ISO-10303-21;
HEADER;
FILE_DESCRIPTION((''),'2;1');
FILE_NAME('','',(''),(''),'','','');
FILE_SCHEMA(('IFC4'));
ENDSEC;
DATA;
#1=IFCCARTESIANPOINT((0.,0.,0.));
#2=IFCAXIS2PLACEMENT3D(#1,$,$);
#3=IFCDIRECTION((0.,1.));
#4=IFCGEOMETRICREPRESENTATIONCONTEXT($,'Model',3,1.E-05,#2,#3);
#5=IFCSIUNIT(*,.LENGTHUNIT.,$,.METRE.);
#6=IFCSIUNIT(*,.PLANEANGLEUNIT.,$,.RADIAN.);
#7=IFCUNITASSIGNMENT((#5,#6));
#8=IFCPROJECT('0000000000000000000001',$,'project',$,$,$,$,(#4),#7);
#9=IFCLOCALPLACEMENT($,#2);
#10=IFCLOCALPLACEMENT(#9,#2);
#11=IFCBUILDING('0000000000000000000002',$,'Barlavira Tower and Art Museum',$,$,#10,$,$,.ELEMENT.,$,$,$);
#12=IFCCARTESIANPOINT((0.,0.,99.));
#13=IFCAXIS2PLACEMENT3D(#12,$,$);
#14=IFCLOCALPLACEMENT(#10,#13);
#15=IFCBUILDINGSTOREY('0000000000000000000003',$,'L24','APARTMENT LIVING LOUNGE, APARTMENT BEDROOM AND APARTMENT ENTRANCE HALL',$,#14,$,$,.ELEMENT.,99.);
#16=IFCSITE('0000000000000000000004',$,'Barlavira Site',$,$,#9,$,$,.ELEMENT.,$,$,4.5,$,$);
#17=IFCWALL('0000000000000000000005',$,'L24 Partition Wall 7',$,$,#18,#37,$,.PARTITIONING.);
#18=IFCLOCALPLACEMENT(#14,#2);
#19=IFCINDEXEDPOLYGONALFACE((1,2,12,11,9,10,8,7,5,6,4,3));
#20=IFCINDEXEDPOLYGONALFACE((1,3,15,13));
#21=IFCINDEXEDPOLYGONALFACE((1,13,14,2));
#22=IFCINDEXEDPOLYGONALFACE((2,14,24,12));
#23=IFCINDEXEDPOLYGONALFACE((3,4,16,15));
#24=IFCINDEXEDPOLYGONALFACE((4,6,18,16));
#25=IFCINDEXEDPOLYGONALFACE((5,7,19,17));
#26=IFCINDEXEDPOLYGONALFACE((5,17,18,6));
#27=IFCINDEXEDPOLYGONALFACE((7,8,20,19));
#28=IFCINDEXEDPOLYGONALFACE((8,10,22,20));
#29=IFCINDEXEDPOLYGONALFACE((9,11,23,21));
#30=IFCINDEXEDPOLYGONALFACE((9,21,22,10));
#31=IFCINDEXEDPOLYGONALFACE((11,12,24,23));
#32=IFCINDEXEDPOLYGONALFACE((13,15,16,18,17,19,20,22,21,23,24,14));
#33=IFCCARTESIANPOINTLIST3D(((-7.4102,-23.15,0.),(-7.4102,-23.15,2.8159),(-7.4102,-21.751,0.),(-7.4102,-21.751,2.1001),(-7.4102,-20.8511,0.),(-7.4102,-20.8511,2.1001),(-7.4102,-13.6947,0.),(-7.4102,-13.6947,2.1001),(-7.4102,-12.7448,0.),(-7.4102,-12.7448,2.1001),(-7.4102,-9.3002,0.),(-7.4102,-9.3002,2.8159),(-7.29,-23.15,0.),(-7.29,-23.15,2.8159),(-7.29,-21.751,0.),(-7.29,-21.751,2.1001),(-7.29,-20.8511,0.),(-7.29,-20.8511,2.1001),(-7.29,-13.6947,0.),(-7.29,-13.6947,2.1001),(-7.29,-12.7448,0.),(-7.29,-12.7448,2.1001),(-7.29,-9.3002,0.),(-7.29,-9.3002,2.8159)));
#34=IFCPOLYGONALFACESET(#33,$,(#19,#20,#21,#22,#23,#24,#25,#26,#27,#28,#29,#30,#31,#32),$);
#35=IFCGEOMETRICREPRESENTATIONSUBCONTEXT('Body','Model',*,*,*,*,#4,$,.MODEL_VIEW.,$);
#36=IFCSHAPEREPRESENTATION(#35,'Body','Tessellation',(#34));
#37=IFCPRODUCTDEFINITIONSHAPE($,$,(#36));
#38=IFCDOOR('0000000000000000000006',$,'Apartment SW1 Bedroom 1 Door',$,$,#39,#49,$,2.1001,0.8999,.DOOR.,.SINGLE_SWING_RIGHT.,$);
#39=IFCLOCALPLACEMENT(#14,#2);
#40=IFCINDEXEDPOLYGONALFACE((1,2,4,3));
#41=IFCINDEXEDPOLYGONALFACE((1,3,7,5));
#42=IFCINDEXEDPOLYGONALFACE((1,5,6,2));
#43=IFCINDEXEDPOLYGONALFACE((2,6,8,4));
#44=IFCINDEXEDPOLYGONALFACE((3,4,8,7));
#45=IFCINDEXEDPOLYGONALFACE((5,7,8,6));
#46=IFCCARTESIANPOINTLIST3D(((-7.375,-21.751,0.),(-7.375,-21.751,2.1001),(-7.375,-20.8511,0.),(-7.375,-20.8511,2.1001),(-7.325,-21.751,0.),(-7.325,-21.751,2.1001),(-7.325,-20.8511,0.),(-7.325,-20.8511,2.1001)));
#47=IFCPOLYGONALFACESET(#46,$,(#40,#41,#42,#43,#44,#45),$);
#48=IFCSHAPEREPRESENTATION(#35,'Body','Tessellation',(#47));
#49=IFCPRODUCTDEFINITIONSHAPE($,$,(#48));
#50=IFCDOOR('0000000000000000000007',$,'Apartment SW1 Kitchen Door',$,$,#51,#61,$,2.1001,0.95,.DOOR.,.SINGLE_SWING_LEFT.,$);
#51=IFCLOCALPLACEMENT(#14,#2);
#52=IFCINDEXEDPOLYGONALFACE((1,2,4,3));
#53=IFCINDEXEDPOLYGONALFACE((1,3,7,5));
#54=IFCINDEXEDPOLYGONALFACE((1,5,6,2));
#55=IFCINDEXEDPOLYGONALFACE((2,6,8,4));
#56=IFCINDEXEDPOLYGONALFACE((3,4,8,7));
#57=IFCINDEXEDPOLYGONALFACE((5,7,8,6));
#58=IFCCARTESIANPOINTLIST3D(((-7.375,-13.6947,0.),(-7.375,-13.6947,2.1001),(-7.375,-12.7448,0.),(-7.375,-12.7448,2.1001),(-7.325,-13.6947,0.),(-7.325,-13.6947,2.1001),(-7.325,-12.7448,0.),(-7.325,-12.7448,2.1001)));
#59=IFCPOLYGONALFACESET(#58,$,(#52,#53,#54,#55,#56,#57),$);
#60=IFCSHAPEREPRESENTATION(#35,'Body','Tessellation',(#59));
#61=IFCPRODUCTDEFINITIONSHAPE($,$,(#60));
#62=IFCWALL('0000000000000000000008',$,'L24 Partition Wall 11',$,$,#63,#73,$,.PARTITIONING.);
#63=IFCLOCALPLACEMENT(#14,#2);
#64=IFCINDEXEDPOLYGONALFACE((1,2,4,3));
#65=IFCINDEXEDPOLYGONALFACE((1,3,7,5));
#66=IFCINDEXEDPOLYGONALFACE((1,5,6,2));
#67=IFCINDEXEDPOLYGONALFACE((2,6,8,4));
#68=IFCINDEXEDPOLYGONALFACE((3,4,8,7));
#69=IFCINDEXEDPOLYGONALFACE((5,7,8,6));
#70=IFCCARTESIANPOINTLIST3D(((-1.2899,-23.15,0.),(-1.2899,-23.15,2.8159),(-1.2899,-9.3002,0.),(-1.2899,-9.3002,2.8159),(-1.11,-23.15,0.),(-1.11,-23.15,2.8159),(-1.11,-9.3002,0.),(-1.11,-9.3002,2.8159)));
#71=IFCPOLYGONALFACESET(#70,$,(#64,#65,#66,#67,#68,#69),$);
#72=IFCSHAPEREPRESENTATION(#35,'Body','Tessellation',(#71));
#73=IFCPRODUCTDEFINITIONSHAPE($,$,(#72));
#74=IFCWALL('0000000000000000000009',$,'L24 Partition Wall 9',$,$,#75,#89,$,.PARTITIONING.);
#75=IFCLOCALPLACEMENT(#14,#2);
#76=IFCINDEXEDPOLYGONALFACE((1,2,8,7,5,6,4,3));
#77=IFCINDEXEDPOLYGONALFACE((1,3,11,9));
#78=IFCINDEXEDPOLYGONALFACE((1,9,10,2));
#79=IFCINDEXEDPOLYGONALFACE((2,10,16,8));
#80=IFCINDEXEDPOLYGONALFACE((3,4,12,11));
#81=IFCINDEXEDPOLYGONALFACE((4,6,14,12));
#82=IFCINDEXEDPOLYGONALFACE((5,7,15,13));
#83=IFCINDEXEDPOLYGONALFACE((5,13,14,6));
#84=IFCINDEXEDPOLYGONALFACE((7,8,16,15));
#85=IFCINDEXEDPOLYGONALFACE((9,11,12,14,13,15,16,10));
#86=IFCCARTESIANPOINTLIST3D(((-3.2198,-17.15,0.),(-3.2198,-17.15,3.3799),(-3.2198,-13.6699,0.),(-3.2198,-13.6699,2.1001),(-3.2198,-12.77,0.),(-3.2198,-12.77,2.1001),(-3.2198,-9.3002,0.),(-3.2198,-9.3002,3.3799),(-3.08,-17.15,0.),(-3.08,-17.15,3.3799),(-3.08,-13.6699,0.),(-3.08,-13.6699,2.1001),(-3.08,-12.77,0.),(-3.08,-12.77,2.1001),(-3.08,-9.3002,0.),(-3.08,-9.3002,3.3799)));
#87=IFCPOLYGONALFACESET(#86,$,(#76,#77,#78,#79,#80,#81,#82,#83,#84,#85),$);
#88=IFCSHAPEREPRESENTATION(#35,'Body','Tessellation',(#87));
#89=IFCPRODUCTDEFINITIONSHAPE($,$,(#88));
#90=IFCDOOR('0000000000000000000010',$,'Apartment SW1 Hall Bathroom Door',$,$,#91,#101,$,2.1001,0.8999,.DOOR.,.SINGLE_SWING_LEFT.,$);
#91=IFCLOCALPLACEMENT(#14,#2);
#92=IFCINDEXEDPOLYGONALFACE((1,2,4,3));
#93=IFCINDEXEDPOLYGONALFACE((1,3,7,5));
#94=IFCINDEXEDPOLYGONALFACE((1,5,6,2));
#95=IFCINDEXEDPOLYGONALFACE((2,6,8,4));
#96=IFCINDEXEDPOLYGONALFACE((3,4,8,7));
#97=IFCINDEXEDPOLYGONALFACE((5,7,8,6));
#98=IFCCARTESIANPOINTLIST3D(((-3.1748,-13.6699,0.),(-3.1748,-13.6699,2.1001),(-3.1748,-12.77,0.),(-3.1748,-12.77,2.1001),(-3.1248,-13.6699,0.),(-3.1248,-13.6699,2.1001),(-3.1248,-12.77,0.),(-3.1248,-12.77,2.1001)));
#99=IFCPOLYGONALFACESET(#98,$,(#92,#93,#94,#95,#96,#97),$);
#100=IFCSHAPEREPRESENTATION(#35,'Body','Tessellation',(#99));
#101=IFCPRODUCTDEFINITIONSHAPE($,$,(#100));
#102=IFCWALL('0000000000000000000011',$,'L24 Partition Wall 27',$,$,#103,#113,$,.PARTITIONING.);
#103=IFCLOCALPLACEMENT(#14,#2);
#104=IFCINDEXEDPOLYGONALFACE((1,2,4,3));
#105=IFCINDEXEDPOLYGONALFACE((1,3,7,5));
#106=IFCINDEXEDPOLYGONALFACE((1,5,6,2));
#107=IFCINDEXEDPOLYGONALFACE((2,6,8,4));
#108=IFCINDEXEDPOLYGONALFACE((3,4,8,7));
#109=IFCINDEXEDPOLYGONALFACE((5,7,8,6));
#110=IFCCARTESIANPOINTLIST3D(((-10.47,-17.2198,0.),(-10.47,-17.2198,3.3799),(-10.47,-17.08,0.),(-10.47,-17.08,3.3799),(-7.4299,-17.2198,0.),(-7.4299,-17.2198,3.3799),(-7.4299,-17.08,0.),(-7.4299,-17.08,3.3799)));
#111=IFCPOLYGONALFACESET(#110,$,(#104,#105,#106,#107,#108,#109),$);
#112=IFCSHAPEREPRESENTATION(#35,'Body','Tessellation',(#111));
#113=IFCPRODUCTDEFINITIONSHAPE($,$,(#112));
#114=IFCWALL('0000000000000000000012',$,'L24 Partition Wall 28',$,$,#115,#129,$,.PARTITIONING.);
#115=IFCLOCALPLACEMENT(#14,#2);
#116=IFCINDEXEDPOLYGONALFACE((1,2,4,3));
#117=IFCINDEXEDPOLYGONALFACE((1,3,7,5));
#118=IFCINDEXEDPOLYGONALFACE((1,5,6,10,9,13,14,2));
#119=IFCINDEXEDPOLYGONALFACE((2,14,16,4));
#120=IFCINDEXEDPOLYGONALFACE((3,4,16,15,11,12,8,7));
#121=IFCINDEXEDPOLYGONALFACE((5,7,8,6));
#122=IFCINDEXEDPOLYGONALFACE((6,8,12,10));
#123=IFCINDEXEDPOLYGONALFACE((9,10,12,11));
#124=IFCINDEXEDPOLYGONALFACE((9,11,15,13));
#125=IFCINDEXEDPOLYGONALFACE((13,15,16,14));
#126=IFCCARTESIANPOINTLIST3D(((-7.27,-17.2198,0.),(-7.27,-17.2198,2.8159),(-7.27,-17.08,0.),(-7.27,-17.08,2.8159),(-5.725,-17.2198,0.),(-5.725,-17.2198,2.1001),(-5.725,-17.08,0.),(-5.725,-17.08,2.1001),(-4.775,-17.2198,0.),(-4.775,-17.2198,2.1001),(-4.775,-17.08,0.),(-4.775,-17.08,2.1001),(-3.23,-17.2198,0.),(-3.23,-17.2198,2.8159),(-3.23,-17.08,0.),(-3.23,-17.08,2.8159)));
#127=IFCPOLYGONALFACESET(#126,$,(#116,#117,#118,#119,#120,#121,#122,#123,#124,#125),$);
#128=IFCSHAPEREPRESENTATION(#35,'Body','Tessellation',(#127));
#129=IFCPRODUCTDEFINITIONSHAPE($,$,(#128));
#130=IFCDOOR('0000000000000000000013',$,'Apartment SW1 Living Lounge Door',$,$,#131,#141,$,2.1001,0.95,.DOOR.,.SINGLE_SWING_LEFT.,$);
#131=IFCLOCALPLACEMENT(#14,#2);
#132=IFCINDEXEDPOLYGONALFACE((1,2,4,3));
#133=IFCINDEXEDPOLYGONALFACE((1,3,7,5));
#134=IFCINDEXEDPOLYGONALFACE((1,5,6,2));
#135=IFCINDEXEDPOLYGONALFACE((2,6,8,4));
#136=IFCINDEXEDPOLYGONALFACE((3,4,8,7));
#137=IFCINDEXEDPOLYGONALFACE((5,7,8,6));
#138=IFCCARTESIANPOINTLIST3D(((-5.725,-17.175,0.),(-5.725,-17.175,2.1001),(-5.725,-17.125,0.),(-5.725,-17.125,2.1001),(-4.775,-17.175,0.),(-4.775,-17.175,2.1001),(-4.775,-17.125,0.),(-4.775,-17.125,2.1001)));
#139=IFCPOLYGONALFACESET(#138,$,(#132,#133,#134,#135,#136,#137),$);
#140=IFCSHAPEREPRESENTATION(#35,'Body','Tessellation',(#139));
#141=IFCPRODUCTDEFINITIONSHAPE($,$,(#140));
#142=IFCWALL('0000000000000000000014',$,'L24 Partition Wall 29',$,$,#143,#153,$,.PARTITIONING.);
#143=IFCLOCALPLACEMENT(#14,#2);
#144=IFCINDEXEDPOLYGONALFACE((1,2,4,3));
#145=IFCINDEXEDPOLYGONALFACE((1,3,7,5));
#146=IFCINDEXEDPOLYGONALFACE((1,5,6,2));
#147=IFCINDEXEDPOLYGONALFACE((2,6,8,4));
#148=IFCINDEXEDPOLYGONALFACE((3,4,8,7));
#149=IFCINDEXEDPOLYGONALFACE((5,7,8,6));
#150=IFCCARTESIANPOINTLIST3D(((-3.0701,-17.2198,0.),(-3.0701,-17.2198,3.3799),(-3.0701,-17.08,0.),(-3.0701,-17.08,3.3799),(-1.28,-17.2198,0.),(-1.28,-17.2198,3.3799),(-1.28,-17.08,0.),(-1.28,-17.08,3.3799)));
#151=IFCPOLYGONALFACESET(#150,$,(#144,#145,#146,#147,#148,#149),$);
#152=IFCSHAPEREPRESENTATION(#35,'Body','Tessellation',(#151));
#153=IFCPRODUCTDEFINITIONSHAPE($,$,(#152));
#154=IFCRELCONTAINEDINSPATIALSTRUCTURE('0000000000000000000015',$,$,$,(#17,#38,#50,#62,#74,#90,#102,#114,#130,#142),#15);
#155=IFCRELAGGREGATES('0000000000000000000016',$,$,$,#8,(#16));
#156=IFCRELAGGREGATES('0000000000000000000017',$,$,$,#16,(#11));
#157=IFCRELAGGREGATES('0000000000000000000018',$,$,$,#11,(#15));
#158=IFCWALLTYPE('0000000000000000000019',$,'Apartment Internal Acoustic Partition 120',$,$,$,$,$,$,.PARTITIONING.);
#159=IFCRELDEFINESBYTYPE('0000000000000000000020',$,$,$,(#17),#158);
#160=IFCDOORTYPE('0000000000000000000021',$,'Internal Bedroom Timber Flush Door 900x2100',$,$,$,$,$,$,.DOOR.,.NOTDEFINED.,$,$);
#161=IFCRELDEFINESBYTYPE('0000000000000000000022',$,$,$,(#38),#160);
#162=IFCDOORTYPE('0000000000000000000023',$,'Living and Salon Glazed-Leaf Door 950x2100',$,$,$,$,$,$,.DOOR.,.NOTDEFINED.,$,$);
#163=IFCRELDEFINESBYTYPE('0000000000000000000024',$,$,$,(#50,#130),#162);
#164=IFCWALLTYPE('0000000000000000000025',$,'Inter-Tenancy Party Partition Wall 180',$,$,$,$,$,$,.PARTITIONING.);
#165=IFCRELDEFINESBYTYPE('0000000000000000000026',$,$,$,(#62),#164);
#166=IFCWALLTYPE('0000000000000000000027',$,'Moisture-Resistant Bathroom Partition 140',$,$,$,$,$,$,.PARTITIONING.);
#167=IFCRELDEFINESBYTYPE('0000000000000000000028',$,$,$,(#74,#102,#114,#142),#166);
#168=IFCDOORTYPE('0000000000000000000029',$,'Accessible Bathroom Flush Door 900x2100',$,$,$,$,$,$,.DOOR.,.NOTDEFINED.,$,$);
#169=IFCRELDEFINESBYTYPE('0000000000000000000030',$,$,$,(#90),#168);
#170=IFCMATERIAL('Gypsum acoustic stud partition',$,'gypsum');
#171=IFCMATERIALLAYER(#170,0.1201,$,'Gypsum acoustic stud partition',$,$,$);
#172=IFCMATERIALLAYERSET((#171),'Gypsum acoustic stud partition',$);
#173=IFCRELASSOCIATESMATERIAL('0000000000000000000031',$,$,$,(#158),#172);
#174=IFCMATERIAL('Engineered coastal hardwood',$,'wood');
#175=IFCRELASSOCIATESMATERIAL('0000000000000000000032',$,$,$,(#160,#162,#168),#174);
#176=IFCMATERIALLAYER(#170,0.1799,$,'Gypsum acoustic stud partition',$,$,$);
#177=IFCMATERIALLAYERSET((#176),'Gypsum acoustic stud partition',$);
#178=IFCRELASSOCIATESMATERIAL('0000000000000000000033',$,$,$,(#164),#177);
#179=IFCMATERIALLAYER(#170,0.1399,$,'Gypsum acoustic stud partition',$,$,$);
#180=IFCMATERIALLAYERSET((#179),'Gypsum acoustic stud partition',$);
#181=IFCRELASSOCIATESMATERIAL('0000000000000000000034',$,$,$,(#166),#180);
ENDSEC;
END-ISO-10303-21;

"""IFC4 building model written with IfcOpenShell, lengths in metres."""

from ifc_helpers import new_model, si_unit, direction, frame, frame_2d, origin, place, context, subcontext, project, spatial, rectangle, extrude, material, layer, layer_set, type_object, element, fill, save


model = new_model("IFC4")

# Units and contexts
model_context = context("Model", 3, precision=1e-05, world=origin(), true_north=direction((0.0, 1.0)))
body_context = subcontext(model_context, "Body", "Model", "MODEL_VIEW")
ifc_project = project(units=[si_unit("LENGTHUNIT", "METRE"), si_unit("PLANEANGLEUNIT", "RADIAN")], contexts=[model_context])

# Site, building, storey
site_placement = place(None, origin())
site = spatial("IfcSite", under=ifc_project, at=site_placement, Name="Barlavira Site", CompositionType="ELEMENT", RefElevation=4.5)
building_placement = place(site_placement, origin())
building = spatial("IfcBuilding", under=site, at=building_placement, Name="Barlavira Tower and Art Museum", CompositionType="ELEMENT")
storey_placement = place(building_placement, frame((0.0, 0.0, 99.0)))
storey = spatial("IfcBuildingStorey", under=building, at=storey_placement, Name="L24", Description="APARTMENT LIVING LOUNGE, APARTMENT BEDROOM AND APARTMENT ENTRANCE HALL", CompositionType="ELEMENT", Elevation=99.0)

# Wall, openings, doors
ifc_material_1 = material(Name="Gypsum acoustic stud partition", Category="gypsum")
ifc_layer_1 = layer(ifc_material_1, 0.1201, Name="Gypsum acoustic stud partition")
ifc_layer_set_1 = layer_set([ifc_layer_1], Name="Gypsum acoustic stud partition")
wall_type_1 = type_object("IfcWallType", Name="Apartment Internal Acoustic Partition 120", PredefinedType="PARTITIONING", material=ifc_layer_set_1)
ifc_material_2 = material(Name="Engineered coastal hardwood", Category="wood")
door_type_1 = type_object("IfcDoorType", Name="Internal Bedroom Timber Flush Door 900x2100", OperationType="NOTDEFINED", PredefinedType="DOOR", material=ifc_material_2)
wall_1_placement = place(storey_placement, frame((-7.3501, -23.1499, 0.0), z_axis=(0.0, 0.0, 1.0), x_axis=(0.0, 1.0, 0.0)))
wall_1 = element("IfcWall", 1, at=wall_1_placement, inside=storey, type_object=wall_type_1, Name="L24 Partition Wall 7", PredefinedType="PARTITIONING", context=body_context, shape_type="SweptSolid", body=[
    extrude(rectangle(XDim=13.8499, YDim=0.1201, at=frame_2d((6.9248, 0.0))), origin(), (0.0, 0.0, 1.0), 2.8159),
])
opening_1_placement = place(wall_1_placement, frame((9.4551, 0.0, 0.0)))
opening_1 = element("IfcOpeningElement", 2, at=opening_1_placement, cuts=wall_1, PredefinedType="OPENING", context=body_context, shape_type="SweptSolid", body=[
    extrude(rectangle(XDim=0.95, YDim=2.1001, at=frame_2d((0.4751, 1.05))), frame((0.0, 0.0701, 0.0), z_axis=(0.0, -1.0, 0.0), x_axis=(1.0, 0.0, 0.0)), (0.0, 0.0, 1.0), 0.1401),
])
opening_2_placement = place(wall_1_placement, frame((1.3989, 0.0, 0.0)))
opening_2 = element("IfcOpeningElement", 3, at=opening_2_placement, cuts=wall_1, PredefinedType="OPENING", context=body_context, shape_type="SweptSolid", body=[
    extrude(rectangle(XDim=0.8999, YDim=2.1001, at=frame_2d((0.45, 1.05))), frame((0.0, 0.0701, 0.0), z_axis=(0.0, -1.0, 0.0), x_axis=(1.0, 0.0, 0.0)), (0.0, 0.0, 1.0), 0.1401),
])
door_1_placement = place(opening_2_placement, origin())
door_1 = element("IfcDoor", 4, at=door_1_placement, inside=storey, type_object=door_type_1, Name="Apartment SW1 Bedroom 1 Door", OperationType="SINGLE_SWING_RIGHT", OverallHeight=2.1001, OverallWidth=0.8999, PredefinedType="DOOR", context=body_context, shape_type="SweptSolid", body=[
    extrude(rectangle(XDim=0.8999, YDim=2.1001, at=frame_2d((0.45, 1.05))), frame((0.0, 0.0249, 0.0), z_axis=(0.0, -1.0, 0.0), x_axis=(1.0, 0.0, 0.0)), (0.0, 0.0, 1.0), 0.05),
])
fill(opening_2, door_1)
door_type_2 = type_object("IfcDoorType", Name="Living and Salon Glazed-Leaf Door 950x2100", OperationType="NOTDEFINED", PredefinedType="DOOR", material=ifc_material_2)
door_2_placement = place(opening_1_placement, origin())
door_2 = element("IfcDoor", 5, at=door_2_placement, inside=storey, type_object=door_type_2, Name="Apartment SW1 Kitchen Door", OperationType="SINGLE_SWING_LEFT", OverallHeight=2.1001, OverallWidth=0.95, PredefinedType="DOOR", context=body_context, shape_type="SweptSolid", body=[
    extrude(rectangle(XDim=0.95, YDim=2.1001, at=frame_2d((0.4751, 1.05))), frame((0.0, 0.0249, 0.0), z_axis=(0.0, -1.0, 0.0), x_axis=(1.0, 0.0, 0.0)), (0.0, 0.0, 1.0), 0.05),
])
fill(opening_1, door_2)

# Wall
ifc_layer_2 = layer(ifc_material_1, 0.1799, Name="Gypsum acoustic stud partition")
ifc_layer_set_2 = layer_set([ifc_layer_2], Name="Gypsum acoustic stud partition")
wall_type_2 = type_object("IfcWallType", Name="Inter-Tenancy Party Partition Wall 180", PredefinedType="PARTITIONING", material=ifc_layer_set_2)
wall_2_placement = place(storey_placement, frame((-1.2, -23.1499, 0.0), z_axis=(0.0, 0.0, 1.0), x_axis=(0.0, 1.0, 0.0)))
element("IfcWall", 6, at=wall_2_placement, inside=storey, type_object=wall_type_2, Name="L24 Partition Wall 11", PredefinedType="PARTITIONING", context=body_context, shape_type="SweptSolid", body=[
    extrude(rectangle(XDim=13.8499, YDim=0.1799, at=frame_2d((6.9248, 0.0))), origin(), (0.0, 0.0, 1.0), 2.8159),
])

# Wall, opening, door
ifc_layer_3 = layer(ifc_material_1, 0.1399, Name="Gypsum acoustic stud partition")
ifc_layer_set_3 = layer_set([ifc_layer_3], Name="Gypsum acoustic stud partition")
wall_type_3 = type_object("IfcWallType", Name="Moisture-Resistant Bathroom Partition 140", PredefinedType="PARTITIONING", material=ifc_layer_set_3)
wall_3_placement = place(storey_placement, frame((-3.1499, -17.1499, 0.0), z_axis=(0.0, 0.0, 1.0), x_axis=(0.0, 1.0, 0.0)))
wall_3 = element("IfcWall", 7, at=wall_3_placement, inside=storey, type_object=wall_type_3, Name="L24 Partition Wall 9", PredefinedType="PARTITIONING", context=body_context, shape_type="SweptSolid", body=[
    extrude(rectangle(XDim=7.8499, YDim=0.1399, at=frame_2d((3.9248, 0.0))), origin(), (0.0, 0.0, 1.0), 3.3799),
])
opening_3_placement = place(wall_3_placement, frame((3.48, 0.0, 0.0)))
opening_3 = element("IfcOpeningElement", 8, at=opening_3_placement, cuts=wall_3, PredefinedType="OPENING", context=body_context, shape_type="SweptSolid", body=[
    extrude(rectangle(XDim=0.8999, YDim=2.1001, at=frame_2d((0.45, 1.05))), frame((0.0, 0.0801, 0.0), z_axis=(0.0, -1.0, 0.0), x_axis=(1.0, 0.0, 0.0)), (0.0, 0.0, 1.0), 0.1599),
])
door_type_3 = type_object("IfcDoorType", Name="Accessible Bathroom Flush Door 900x2100", OperationType="NOTDEFINED", PredefinedType="DOOR", material=ifc_material_2)
door_3_placement = place(opening_3_placement, origin())
door_3 = element("IfcDoor", 9, at=door_3_placement, inside=storey, type_object=door_type_3, Name="Apartment SW1 Hall Bathroom Door", OperationType="SINGLE_SWING_LEFT", OverallHeight=2.1001, OverallWidth=0.8999, PredefinedType="DOOR", context=body_context, shape_type="SweptSolid", body=[
    extrude(rectangle(XDim=0.8999, YDim=2.1001, at=frame_2d((0.45, 1.05))), frame((0.0, 0.0249, 0.0), z_axis=(0.0, -1.0, 0.0), x_axis=(1.0, 0.0, 0.0)), (0.0, 0.0, 1.0), 0.05),
])
fill(opening_3, door_3)

# Wall
wall_4_placement = place(storey_placement, frame((-10.47, -17.1499, 0.0), z_axis=(0.0, 0.0, 1.0), x_axis=(1.0, 0.0, 0.0)))
element("IfcWall", 10, at=wall_4_placement, inside=storey, type_object=wall_type_3, Name="L24 Partition Wall 27", PredefinedType="PARTITIONING", context=body_context, shape_type="SweptSolid", body=[
    extrude(rectangle(XDim=3.04, YDim=0.1399, at=frame_2d((1.52, 0.0))), origin(), (0.0, 0.0, 1.0), 3.3799),
])

# Wall, opening, door
wall_5_placement = place(storey_placement, frame((-7.27, -17.1499, 0.0), z_axis=(0.0, 0.0, 1.0), x_axis=(1.0, 0.0, 0.0)))
wall_5 = element("IfcWall", 11, at=wall_5_placement, inside=storey, type_object=wall_type_3, Name="L24 Partition Wall 28", PredefinedType="PARTITIONING", context=body_context, shape_type="SweptSolid", body=[
    extrude(rectangle(XDim=4.04, YDim=0.1399, at=frame_2d((2.02, 0.0))), origin(), (0.0, 0.0, 1.0), 2.8159),
])
opening_4_placement = place(wall_5_placement, frame((1.5449, 0.0, 0.0)))
opening_4 = element("IfcOpeningElement", 12, at=opening_4_placement, cuts=wall_5, PredefinedType="OPENING", context=body_context, shape_type="SweptSolid", body=[
    extrude(rectangle(XDim=0.95, YDim=2.1001, at=frame_2d((0.4751, 1.05))), frame((0.0, 0.0801, 0.0), z_axis=(0.0, -1.0, 0.0), x_axis=(1.0, 0.0, 0.0)), (0.0, 0.0, 1.0), 0.1599),
])
door_4_placement = place(opening_4_placement, origin())
door_4 = element("IfcDoor", 13, at=door_4_placement, inside=storey, type_object=door_type_2, Name="Apartment SW1 Living Lounge Door", OperationType="SINGLE_SWING_LEFT", OverallHeight=2.1001, OverallWidth=0.95, PredefinedType="DOOR", context=body_context, shape_type="SweptSolid", body=[
    extrude(rectangle(XDim=0.95, YDim=2.1001, at=frame_2d((0.4751, 1.05))), frame((0.0, 0.0249, 0.0), z_axis=(0.0, -1.0, 0.0), x_axis=(1.0, 0.0, 0.0)), (0.0, 0.0, 1.0), 0.05),
])
fill(opening_4, door_4)

# Wall
wall_6_placement = place(storey_placement, frame((-3.0701, -17.1499, 0.0), z_axis=(0.0, 0.0, 1.0), x_axis=(1.0, 0.0, 0.0)))
element("IfcWall", 14, at=wall_6_placement, inside=storey, type_object=wall_type_3, Name="L24 Partition Wall 29", PredefinedType="PARTITIONING", context=body_context, shape_type="SweptSolid", body=[
    extrude(rectangle(XDim=1.79, YDim=0.1399, at=frame_2d((0.895, 0.0))), origin(), (0.0, 0.0, 1.0), 3.3799),
])

save(model, "model.ifc")
